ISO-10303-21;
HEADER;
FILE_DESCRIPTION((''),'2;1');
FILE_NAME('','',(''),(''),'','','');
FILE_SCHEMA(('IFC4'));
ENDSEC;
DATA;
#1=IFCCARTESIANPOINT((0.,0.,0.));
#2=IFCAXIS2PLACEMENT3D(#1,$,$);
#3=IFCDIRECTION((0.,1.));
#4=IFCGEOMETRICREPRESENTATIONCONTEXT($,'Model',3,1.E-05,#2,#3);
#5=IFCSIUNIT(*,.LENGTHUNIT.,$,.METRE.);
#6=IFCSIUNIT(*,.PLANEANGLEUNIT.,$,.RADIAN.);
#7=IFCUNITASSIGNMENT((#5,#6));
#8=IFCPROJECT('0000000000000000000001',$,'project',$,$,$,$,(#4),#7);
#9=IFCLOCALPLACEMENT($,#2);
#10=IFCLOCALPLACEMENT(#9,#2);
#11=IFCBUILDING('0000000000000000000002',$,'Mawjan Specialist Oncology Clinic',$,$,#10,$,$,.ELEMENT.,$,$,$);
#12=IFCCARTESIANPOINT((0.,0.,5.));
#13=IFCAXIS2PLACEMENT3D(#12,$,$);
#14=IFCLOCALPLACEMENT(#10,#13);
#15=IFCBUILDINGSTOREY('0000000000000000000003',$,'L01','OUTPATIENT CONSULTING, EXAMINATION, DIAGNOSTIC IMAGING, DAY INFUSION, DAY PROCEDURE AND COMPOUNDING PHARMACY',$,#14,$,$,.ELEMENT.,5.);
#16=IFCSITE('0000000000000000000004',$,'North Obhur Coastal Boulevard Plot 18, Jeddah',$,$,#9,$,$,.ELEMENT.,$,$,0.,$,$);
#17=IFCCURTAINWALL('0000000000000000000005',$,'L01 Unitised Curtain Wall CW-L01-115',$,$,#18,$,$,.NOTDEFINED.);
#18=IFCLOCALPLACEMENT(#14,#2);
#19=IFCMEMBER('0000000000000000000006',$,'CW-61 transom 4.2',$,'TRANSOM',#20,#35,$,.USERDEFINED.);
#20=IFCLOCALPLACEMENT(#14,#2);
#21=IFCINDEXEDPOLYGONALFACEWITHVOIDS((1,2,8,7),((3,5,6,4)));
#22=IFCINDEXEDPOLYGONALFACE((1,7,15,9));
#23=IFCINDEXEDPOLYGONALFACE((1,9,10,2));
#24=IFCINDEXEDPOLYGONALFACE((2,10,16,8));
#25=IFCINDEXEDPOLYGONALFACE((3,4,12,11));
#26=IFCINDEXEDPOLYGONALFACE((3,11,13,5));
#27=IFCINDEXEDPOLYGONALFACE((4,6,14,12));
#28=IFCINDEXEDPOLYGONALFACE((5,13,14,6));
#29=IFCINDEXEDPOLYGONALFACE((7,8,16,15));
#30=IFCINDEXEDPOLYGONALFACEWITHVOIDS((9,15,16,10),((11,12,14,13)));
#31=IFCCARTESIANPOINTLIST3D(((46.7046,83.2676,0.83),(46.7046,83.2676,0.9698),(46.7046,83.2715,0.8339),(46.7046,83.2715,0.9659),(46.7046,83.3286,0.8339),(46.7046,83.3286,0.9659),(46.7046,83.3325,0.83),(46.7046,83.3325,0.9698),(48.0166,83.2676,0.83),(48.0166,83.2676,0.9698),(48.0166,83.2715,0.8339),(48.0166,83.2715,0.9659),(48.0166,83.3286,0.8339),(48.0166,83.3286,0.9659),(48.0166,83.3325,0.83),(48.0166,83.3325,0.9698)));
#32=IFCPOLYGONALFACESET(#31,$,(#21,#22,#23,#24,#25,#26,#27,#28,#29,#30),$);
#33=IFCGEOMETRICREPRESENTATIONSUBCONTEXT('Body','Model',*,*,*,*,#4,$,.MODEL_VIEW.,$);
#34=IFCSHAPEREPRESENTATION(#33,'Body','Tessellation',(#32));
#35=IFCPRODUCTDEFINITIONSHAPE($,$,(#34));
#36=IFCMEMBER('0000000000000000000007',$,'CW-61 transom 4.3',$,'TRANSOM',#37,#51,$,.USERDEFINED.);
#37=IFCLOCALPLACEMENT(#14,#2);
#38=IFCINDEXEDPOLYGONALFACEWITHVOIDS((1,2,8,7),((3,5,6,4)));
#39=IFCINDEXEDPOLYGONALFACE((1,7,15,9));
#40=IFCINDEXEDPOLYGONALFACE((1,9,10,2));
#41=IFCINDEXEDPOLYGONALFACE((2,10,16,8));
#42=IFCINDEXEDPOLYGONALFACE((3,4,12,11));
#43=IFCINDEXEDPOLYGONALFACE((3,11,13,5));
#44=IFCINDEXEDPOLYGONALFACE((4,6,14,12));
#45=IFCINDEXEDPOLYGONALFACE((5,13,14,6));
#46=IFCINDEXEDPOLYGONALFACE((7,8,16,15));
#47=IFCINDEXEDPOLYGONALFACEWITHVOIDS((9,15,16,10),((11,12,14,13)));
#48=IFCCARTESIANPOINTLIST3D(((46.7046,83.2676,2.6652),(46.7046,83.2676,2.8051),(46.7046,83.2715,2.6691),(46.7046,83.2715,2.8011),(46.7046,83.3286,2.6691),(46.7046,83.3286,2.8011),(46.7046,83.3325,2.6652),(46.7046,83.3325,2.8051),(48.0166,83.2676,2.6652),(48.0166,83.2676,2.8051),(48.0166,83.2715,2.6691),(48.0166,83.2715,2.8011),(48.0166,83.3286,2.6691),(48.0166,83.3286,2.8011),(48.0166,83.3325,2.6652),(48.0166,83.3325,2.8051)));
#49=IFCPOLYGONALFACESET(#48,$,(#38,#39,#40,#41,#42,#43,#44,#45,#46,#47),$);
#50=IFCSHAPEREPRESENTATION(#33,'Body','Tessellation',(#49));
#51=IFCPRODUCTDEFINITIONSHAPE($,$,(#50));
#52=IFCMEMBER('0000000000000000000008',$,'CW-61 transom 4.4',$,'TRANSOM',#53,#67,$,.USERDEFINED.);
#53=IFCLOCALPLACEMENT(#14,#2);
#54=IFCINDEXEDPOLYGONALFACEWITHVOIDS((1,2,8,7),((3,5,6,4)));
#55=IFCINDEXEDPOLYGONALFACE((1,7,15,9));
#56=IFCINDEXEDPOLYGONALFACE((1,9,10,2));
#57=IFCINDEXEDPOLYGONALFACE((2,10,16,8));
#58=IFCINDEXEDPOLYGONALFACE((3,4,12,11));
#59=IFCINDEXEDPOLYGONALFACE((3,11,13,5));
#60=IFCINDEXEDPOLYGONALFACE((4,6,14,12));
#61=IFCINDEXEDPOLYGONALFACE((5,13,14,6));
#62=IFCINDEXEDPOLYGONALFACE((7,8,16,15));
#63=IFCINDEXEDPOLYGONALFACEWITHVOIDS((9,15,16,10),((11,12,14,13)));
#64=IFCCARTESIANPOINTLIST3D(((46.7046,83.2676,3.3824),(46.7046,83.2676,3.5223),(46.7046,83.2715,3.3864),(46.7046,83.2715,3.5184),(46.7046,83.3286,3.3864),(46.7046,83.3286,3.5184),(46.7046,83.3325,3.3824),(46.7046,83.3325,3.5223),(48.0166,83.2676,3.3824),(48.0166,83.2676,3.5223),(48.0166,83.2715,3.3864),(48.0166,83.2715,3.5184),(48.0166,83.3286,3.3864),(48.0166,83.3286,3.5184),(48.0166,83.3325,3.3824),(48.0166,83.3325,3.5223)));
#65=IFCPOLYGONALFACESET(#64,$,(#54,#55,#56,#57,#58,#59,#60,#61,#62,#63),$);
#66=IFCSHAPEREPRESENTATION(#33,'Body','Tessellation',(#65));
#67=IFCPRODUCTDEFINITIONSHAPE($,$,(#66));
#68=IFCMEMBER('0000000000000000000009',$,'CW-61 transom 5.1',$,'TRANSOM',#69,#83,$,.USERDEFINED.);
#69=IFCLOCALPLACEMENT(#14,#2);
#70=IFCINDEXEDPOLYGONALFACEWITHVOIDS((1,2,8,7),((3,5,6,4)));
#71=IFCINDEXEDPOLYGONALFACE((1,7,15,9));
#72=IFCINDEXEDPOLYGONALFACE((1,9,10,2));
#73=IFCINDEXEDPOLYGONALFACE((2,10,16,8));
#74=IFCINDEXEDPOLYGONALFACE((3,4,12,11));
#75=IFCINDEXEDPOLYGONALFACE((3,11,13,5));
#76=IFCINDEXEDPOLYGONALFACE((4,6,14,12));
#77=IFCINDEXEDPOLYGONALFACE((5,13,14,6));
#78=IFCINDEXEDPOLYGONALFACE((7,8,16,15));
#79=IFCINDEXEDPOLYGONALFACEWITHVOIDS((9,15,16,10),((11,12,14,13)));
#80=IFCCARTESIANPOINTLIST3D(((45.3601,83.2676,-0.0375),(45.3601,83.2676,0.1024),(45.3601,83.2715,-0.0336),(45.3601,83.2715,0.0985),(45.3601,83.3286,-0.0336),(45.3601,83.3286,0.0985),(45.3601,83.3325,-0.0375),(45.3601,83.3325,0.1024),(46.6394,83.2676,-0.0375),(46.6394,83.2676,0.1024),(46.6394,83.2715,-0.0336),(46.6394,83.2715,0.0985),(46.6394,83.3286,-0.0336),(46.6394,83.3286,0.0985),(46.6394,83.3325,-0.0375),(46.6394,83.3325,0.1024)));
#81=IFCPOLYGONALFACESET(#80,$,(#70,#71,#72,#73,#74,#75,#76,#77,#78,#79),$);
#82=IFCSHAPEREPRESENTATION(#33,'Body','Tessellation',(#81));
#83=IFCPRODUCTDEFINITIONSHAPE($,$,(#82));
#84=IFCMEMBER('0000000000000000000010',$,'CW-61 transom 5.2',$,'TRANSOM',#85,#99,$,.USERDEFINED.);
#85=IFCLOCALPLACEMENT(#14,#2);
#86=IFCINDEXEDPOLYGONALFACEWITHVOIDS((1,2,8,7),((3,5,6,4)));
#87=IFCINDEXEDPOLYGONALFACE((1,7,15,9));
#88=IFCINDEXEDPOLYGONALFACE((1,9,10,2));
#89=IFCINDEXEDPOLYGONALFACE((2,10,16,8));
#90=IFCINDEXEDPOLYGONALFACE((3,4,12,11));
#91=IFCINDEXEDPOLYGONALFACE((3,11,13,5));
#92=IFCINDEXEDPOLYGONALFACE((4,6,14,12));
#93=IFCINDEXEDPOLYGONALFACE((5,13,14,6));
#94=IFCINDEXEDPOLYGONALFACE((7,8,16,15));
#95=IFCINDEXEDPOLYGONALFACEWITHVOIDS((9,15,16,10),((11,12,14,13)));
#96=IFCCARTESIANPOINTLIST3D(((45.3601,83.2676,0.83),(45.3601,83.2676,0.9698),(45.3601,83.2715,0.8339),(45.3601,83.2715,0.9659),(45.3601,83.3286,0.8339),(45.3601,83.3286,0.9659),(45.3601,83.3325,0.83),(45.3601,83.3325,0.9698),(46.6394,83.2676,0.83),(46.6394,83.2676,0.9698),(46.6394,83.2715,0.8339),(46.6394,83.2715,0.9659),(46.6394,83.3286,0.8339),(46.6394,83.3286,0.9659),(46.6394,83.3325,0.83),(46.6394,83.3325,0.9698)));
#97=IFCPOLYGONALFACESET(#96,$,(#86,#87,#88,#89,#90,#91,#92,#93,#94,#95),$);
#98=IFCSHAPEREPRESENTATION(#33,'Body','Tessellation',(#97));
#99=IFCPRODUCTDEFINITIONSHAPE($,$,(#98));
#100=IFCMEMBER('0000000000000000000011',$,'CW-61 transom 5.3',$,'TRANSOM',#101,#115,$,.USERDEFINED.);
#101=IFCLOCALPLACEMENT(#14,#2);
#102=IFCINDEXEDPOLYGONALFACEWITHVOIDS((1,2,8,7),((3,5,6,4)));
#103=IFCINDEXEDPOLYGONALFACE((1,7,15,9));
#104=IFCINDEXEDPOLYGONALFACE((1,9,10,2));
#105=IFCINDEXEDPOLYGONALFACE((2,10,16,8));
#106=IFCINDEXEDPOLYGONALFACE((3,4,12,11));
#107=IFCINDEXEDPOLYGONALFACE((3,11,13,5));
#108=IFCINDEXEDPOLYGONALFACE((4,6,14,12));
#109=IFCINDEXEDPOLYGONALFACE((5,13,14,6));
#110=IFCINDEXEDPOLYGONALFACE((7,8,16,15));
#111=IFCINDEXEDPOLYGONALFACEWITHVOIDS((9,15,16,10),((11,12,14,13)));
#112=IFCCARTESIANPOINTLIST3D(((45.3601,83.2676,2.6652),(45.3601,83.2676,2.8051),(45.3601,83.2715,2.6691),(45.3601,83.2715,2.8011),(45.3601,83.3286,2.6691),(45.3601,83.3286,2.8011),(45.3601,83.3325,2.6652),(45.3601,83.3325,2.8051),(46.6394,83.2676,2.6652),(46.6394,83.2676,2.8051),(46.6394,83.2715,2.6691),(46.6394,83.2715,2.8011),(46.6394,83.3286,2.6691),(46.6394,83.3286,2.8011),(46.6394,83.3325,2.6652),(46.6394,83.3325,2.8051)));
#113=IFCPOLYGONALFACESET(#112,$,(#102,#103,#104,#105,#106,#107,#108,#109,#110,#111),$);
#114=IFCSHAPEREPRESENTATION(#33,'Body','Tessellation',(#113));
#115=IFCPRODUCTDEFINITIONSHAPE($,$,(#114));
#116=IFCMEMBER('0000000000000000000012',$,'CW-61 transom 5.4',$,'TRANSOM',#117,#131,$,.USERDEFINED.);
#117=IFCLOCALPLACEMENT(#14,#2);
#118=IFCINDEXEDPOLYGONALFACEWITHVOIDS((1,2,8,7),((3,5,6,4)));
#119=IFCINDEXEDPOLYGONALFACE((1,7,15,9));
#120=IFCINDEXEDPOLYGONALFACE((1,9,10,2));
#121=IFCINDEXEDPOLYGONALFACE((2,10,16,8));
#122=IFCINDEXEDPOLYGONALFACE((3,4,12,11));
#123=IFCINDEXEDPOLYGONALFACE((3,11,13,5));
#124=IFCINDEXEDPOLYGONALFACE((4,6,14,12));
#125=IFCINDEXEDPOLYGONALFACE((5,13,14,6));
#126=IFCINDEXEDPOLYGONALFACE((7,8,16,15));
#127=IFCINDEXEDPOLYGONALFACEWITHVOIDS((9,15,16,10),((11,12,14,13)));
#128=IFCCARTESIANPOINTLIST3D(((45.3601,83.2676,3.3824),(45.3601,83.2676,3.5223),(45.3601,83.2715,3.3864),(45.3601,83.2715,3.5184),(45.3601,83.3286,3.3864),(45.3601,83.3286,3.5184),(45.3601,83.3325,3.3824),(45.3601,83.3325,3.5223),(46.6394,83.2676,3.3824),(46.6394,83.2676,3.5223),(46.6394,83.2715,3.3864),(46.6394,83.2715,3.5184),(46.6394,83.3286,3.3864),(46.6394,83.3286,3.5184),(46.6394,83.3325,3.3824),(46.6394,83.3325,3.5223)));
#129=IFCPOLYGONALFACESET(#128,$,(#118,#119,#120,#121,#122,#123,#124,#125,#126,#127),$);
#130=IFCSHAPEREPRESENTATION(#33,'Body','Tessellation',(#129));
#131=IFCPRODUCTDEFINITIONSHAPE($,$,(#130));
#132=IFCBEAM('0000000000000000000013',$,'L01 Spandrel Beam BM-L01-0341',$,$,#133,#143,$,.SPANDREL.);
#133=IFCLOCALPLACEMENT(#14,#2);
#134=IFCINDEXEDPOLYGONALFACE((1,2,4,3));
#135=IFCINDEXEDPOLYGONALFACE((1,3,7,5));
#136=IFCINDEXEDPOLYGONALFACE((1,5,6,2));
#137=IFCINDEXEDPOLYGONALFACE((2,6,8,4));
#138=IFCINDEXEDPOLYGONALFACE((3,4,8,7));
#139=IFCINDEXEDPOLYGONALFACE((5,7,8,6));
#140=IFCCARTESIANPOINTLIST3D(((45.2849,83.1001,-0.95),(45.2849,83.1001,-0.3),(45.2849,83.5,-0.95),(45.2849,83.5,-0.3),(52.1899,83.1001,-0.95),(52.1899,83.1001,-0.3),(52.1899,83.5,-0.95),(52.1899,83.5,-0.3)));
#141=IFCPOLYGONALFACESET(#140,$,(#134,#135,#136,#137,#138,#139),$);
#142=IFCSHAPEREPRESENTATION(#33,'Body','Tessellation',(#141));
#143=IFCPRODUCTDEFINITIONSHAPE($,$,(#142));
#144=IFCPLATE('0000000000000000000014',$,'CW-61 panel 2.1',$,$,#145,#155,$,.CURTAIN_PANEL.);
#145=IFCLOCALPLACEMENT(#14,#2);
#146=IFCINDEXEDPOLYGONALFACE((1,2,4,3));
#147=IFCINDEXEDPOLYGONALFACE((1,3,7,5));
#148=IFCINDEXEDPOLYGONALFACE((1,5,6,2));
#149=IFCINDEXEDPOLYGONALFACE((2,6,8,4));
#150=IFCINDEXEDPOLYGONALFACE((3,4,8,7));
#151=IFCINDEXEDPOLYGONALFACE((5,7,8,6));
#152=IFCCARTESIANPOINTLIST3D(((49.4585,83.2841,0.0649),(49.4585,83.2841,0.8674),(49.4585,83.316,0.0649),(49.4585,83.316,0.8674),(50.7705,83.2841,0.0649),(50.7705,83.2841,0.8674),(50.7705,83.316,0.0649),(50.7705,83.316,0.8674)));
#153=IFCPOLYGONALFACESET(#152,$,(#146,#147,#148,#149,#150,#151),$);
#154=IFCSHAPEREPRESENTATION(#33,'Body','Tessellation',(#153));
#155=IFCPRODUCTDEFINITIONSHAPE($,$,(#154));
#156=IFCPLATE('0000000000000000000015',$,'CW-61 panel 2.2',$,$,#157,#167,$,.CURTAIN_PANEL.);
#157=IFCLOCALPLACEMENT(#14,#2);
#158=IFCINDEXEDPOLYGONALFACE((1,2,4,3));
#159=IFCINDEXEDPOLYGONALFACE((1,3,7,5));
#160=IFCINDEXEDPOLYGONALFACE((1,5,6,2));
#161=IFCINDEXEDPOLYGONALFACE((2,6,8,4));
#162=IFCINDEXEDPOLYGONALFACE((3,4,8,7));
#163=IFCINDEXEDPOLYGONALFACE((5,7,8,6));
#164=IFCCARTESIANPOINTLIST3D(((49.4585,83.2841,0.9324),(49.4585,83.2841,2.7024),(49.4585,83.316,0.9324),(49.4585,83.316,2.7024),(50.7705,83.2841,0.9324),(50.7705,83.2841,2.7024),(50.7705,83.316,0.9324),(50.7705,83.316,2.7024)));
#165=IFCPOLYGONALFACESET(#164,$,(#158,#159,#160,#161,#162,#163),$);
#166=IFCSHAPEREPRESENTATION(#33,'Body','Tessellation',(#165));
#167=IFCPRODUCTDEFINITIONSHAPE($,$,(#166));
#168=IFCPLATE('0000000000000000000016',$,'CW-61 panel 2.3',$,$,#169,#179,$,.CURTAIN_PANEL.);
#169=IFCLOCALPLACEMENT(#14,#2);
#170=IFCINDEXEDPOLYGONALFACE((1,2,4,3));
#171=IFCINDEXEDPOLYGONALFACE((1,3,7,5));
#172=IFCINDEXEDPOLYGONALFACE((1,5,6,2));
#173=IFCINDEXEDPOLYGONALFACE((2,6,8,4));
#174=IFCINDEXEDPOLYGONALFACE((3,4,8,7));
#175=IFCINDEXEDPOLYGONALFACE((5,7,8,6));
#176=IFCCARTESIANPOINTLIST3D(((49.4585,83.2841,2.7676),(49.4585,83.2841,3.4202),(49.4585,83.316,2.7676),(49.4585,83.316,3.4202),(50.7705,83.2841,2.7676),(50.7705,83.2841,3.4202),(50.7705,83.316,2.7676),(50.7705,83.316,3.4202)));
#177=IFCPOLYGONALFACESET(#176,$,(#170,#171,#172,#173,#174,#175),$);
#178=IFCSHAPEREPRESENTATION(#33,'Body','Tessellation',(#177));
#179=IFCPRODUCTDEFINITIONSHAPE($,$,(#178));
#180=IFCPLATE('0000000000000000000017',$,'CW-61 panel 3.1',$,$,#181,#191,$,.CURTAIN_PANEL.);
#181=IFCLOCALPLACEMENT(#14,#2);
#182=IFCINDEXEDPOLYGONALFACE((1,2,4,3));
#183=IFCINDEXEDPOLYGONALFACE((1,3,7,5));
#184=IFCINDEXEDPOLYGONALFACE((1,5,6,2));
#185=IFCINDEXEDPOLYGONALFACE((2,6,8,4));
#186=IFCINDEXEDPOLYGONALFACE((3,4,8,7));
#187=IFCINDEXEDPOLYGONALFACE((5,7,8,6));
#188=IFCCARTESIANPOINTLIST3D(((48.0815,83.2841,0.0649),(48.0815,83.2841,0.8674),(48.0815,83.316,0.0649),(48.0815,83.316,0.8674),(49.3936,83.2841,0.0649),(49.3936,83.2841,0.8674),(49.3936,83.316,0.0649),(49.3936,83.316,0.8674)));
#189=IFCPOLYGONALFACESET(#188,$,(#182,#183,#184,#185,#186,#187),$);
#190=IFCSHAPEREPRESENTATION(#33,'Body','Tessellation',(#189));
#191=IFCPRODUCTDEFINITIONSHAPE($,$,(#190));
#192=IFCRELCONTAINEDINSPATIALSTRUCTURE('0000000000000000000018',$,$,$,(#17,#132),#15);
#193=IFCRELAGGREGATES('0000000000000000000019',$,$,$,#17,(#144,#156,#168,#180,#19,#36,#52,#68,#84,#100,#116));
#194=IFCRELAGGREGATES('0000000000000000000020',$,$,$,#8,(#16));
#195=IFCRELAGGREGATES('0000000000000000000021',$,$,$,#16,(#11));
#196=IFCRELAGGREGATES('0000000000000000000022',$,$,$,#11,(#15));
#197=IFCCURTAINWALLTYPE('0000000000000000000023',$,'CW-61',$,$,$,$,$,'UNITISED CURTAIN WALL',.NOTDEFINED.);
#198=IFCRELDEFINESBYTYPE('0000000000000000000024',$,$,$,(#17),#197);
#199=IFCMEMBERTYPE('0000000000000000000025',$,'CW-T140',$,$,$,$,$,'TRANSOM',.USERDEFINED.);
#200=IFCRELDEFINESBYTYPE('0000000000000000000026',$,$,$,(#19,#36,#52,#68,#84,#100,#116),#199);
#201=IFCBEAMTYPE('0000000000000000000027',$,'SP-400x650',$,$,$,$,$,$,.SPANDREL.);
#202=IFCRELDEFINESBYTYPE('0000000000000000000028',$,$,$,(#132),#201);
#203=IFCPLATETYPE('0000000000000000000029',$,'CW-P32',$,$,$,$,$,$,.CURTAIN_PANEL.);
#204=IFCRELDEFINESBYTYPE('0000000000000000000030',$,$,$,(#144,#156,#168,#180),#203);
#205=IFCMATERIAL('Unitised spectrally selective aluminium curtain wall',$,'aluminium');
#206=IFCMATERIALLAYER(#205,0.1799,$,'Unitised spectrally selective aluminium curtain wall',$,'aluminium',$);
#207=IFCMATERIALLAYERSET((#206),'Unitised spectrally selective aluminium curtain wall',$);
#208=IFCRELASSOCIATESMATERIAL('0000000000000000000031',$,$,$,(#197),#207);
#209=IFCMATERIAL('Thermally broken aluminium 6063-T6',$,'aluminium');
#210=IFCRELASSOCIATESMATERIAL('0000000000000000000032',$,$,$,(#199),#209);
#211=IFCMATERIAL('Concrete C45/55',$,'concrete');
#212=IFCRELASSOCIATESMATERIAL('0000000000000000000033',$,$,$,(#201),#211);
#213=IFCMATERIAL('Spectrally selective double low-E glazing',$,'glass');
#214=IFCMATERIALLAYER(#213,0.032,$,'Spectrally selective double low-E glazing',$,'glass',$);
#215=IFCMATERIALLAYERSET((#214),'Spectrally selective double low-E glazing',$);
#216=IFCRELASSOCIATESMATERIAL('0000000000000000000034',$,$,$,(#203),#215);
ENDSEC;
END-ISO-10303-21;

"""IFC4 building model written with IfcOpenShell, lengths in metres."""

from ifc_helpers import new_model, si_unit, direction, frame, origin, origin_2d, place, context, subcontext, project, spatial, rectangle, hollow_rectangle, extrude, material, layer, layer_set, material_profile, profile_set, type_object, element, aggregate, save


model = new_model("IFC4")

# Units and contexts
model_context = context("Model", 3, precision=1e-05, world=origin(), true_north=direction((0.0, 1.0)))
body_context = subcontext(model_context, "Body", "Model", "MODEL_VIEW")
ifc_project = project(units=[si_unit("LENGTHUNIT", "METRE"), si_unit("PLANEANGLEUNIT", "RADIAN")], contexts=[model_context])

# Site, building, storey
site_placement = place(None, origin())
site = spatial("IfcSite", under=ifc_project, at=site_placement, Name="North Obhur Coastal Boulevard Plot 18, Jeddah", CompositionType="ELEMENT", RefElevation=0.0)
building_placement = place(site_placement, origin())
building = spatial("IfcBuilding", under=site, at=building_placement, Name="Mawjan Specialist Oncology Clinic", CompositionType="ELEMENT")
storey_placement = place(building_placement, frame((0.0, 0.0, 5.0)))
storey = spatial("IfcBuildingStorey", under=building, at=storey_placement, Name="L01", Description="OUTPATIENT CONSULTING, EXAMINATION, DIAGNOSTIC IMAGING, DAY INFUSION, DAY PROCEDURE AND COMPOUNDING PHARMACY", CompositionType="ELEMENT", Elevation=5.0)

# Curtain wall, members
ifc_material_1 = material(Name="Unitised spectrally selective aluminium curtain wall", Category="aluminium")
ifc_layer_1 = layer(ifc_material_1, 0.1799, Name="Unitised spectrally selective aluminium curtain wall", Category="aluminium")
ifc_layer_set_1 = layer_set([ifc_layer_1], Name="Unitised spectrally selective aluminium curtain wall")
curtain_wall_type = type_object("IfcCurtainWallType", Name="CW-61", ElementType="UNITISED CURTAIN WALL", PredefinedType="NOTDEFINED", material=ifc_layer_set_1)
curtain_wall_placement = place(storey_placement, origin())
curtain_wall = element("IfcCurtainWall", 1, at=curtain_wall_placement, inside=storey, type_object=curtain_wall_type, Name="L01 Unitised Curtain Wall CW-L01-115", PredefinedType="NOTDEFINED")
ifc_material_2 = material(Name="Thermally broken aluminium 6063-T6", Category="aluminium")
ifc_material_profile_1 = material_profile(ifc_material_2, hollow_rectangle(XDim=0.0649, YDim=0.1399, WallThickness=0.0039, at=origin_2d()), Name="ALU TRANSOM 140x65x4", Category="aluminium")
ifc_profile_set_1 = profile_set([ifc_material_profile_1], Name="Thermally broken aluminium 6063-T6")
member_type_1 = type_object("IfcMemberType", Name="CW-T140", ElementType="TRANSOM", PredefinedType="USERDEFINED", material=ifc_profile_set_1)
member_1_placement = place(storey_placement, frame((48.0166, 83.3, 0.8999), z_axis=(-1.0, 0.0, 0.0), x_axis=(0.0, -1.0, 0.0)))
member_1 = element("IfcMember", 2, at=member_1_placement, type_object=member_type_1, Name="CW-61 transom 4.2", ObjectType="TRANSOM", PredefinedType="USERDEFINED", context=body_context, shape_type="SweptSolid", body=[
    extrude(hollow_rectangle(XDim=0.0649, YDim=0.1399, WallThickness=0.0039, at=origin_2d()), origin(), (0.0, 0.0, 1.0), 1.312),
])
member_2_placement = place(storey_placement, frame((48.0166, 83.3, 2.7351), z_axis=(-1.0, 0.0, 0.0), x_axis=(0.0, -1.0, 0.0)))
member_2 = element("IfcMember", 3, at=member_2_placement, type_object=member_type_1, Name="CW-61 transom 4.3", ObjectType="TRANSOM", PredefinedType="USERDEFINED", context=body_context, shape_type="SweptSolid", body=[
    extrude(hollow_rectangle(XDim=0.0649, YDim=0.1399, WallThickness=0.0039, at=origin_2d()), origin(), (0.0, 0.0, 1.0), 1.312),
])
member_3_placement = place(storey_placement, frame((48.0166, 83.3, 3.4524), z_axis=(-1.0, 0.0, 0.0), x_axis=(0.0, -1.0, 0.0)))
member_3 = element("IfcMember", 4, at=member_3_placement, type_object=member_type_1, Name="CW-61 transom 4.4", ObjectType="TRANSOM", PredefinedType="USERDEFINED", context=body_context, shape_type="SweptSolid", body=[
    extrude(hollow_rectangle(XDim=0.0649, YDim=0.1399, WallThickness=0.0039, at=origin_2d()), origin(), (0.0, 0.0, 1.0), 1.312),
])
member_4_placement = place(storey_placement, frame((46.6394, 83.3, 0.0325), z_axis=(-1.0, 0.0, 0.0), x_axis=(0.0, -1.0, 0.0)))
member_4 = element("IfcMember", 5, at=member_4_placement, type_object=member_type_1, Name="CW-61 transom 5.1", ObjectType="TRANSOM", PredefinedType="USERDEFINED", context=body_context, shape_type="SweptSolid", body=[
    extrude(hollow_rectangle(XDim=0.0649, YDim=0.1399, WallThickness=0.0039, at=origin_2d()), origin(), (0.0, 0.0, 1.0), 1.2793),
])
member_5_placement = place(storey_placement, frame((46.6394, 83.3, 0.8999), z_axis=(-1.0, 0.0, 0.0), x_axis=(0.0, -1.0, 0.0)))
member_5 = element("IfcMember", 6, at=member_5_placement, type_object=member_type_1, Name="CW-61 transom 5.2", ObjectType="TRANSOM", PredefinedType="USERDEFINED", context=body_context, shape_type="SweptSolid", body=[
    extrude(hollow_rectangle(XDim=0.0649, YDim=0.1399, WallThickness=0.0039, at=origin_2d()), origin(), (0.0, 0.0, 1.0), 1.2793),
])
member_6_placement = place(storey_placement, frame((46.6394, 83.3, 2.7351), z_axis=(-1.0, 0.0, 0.0), x_axis=(0.0, -1.0, 0.0)))
member_6 = element("IfcMember", 7, at=member_6_placement, type_object=member_type_1, Name="CW-61 transom 5.3", ObjectType="TRANSOM", PredefinedType="USERDEFINED", context=body_context, shape_type="SweptSolid", body=[
    extrude(hollow_rectangle(XDim=0.0649, YDim=0.1399, WallThickness=0.0039, at=origin_2d()), origin(), (0.0, 0.0, 1.0), 1.2793),
])
member_7_placement = place(storey_placement, frame((46.6394, 83.3, 3.4524), z_axis=(-1.0, 0.0, 0.0), x_axis=(0.0, -1.0, 0.0)))
member_7 = element("IfcMember", 8, at=member_7_placement, type_object=member_type_1, Name="CW-61 transom 5.4", ObjectType="TRANSOM", PredefinedType="USERDEFINED", context=body_context, shape_type="SweptSolid", body=[
    extrude(hollow_rectangle(XDim=0.0649, YDim=0.1399, WallThickness=0.0039, at=origin_2d()), origin(), (0.0, 0.0, 1.0), 1.2793),
])

# Beam
ifc_material_3 = material(Name="Concrete C45/55", Category="concrete")
ifc_material_profile_2 = material_profile(ifc_material_3, rectangle(XDim=0.3999, YDim=0.6499, at=origin_2d()), Name="RC BM 400x650", Category="concrete")
ifc_profile_set_2 = profile_set([ifc_material_profile_2], Name="Concrete C45/55")
beam_type = type_object("IfcBeamType", Name="SP-400x650", PredefinedType="SPANDREL", material=ifc_profile_set_2)
beam_placement = place(storey_placement, frame((45.2849, 83.3, -0.625), z_axis=(1.0, 0.0, 0.0), x_axis=(0.0, 1.0, 0.0)))
element("IfcBeam", 9, at=beam_placement, inside=storey, type_object=beam_type, Name="L01 Spandrel Beam BM-L01-0341", PredefinedType="SPANDREL", context=body_context, shape_type="SweptSolid", body=[
    extrude(rectangle(XDim=0.3999, YDim=0.6499, at=origin_2d()), origin(), (0.0, 0.0, 1.0), 6.905),
])

# Plates
ifc_material_4 = material(Name="Spectrally selective double low-E glazing", Category="glass")
ifc_layer_2 = layer(ifc_material_4, 0.032, Name="Spectrally selective double low-E glazing", Category="glass")
ifc_layer_set_2 = layer_set([ifc_layer_2], Name="Spectrally selective double low-E glazing")
plate_type = type_object("IfcPlateType", Name="CW-P32", PredefinedType="CURTAIN_PANEL", material=ifc_layer_set_2)
plate_1_placement = place(storey_placement, frame((50.1145, 83.3, 0.0649), z_axis=(0.0, 0.0, 1.0), x_axis=(-1.0, 0.0, 0.0)))
plate_1 = element("IfcPlate", 10, at=plate_1_placement, type_object=plate_type, Name="CW-61 panel 2.1", PredefinedType="CURTAIN_PANEL", context=body_context, shape_type="SweptSolid", body=[
    extrude(rectangle(XDim=1.312, YDim=0.032, at=origin_2d()), origin(), (0.0, 0.0, 1.0), 0.8025),
])
plate_2_placement = place(storey_placement, frame((50.1145, 83.3, 0.9324), z_axis=(0.0, 0.0, 1.0), x_axis=(-1.0, 0.0, 0.0)))
plate_2 = element("IfcPlate", 11, at=plate_2_placement, type_object=plate_type, Name="CW-61 panel 2.2", PredefinedType="CURTAIN_PANEL", context=body_context, shape_type="SweptSolid", body=[
    extrude(rectangle(XDim=1.312, YDim=0.032, at=origin_2d()), origin(), (0.0, 0.0, 1.0), 1.77),
])
plate_3_placement = place(storey_placement, frame((50.1145, 83.3, 2.7676), z_axis=(0.0, 0.0, 1.0), x_axis=(-1.0, 0.0, 0.0)))
plate_3 = element("IfcPlate", 12, at=plate_3_placement, type_object=plate_type, Name="CW-61 panel 2.3", PredefinedType="CURTAIN_PANEL", context=body_context, shape_type="SweptSolid", body=[
    extrude(rectangle(XDim=1.312, YDim=0.032, at=origin_2d()), origin(), (0.0, 0.0, 1.0), 0.6526),
])
plate_4_placement = place(storey_placement, frame((48.7375, 83.3, 0.0649), z_axis=(0.0, 0.0, 1.0), x_axis=(-1.0, 0.0, 0.0)))
plate_4 = element("IfcPlate", 13, at=plate_4_placement, type_object=plate_type, Name="CW-61 panel 3.1", PredefinedType="CURTAIN_PANEL", context=body_context, shape_type="SweptSolid", body=[
    extrude(rectangle(XDim=1.312, YDim=0.032, at=origin_2d()), origin(), (0.0, 0.0, 1.0), 0.8025),
])
aggregate(curtain_wall, [plate_1, plate_2, plate_3, plate_4, member_1, member_2, member_3, member_4, member_5, member_6, member_7])

save(model, "model.ifc")
